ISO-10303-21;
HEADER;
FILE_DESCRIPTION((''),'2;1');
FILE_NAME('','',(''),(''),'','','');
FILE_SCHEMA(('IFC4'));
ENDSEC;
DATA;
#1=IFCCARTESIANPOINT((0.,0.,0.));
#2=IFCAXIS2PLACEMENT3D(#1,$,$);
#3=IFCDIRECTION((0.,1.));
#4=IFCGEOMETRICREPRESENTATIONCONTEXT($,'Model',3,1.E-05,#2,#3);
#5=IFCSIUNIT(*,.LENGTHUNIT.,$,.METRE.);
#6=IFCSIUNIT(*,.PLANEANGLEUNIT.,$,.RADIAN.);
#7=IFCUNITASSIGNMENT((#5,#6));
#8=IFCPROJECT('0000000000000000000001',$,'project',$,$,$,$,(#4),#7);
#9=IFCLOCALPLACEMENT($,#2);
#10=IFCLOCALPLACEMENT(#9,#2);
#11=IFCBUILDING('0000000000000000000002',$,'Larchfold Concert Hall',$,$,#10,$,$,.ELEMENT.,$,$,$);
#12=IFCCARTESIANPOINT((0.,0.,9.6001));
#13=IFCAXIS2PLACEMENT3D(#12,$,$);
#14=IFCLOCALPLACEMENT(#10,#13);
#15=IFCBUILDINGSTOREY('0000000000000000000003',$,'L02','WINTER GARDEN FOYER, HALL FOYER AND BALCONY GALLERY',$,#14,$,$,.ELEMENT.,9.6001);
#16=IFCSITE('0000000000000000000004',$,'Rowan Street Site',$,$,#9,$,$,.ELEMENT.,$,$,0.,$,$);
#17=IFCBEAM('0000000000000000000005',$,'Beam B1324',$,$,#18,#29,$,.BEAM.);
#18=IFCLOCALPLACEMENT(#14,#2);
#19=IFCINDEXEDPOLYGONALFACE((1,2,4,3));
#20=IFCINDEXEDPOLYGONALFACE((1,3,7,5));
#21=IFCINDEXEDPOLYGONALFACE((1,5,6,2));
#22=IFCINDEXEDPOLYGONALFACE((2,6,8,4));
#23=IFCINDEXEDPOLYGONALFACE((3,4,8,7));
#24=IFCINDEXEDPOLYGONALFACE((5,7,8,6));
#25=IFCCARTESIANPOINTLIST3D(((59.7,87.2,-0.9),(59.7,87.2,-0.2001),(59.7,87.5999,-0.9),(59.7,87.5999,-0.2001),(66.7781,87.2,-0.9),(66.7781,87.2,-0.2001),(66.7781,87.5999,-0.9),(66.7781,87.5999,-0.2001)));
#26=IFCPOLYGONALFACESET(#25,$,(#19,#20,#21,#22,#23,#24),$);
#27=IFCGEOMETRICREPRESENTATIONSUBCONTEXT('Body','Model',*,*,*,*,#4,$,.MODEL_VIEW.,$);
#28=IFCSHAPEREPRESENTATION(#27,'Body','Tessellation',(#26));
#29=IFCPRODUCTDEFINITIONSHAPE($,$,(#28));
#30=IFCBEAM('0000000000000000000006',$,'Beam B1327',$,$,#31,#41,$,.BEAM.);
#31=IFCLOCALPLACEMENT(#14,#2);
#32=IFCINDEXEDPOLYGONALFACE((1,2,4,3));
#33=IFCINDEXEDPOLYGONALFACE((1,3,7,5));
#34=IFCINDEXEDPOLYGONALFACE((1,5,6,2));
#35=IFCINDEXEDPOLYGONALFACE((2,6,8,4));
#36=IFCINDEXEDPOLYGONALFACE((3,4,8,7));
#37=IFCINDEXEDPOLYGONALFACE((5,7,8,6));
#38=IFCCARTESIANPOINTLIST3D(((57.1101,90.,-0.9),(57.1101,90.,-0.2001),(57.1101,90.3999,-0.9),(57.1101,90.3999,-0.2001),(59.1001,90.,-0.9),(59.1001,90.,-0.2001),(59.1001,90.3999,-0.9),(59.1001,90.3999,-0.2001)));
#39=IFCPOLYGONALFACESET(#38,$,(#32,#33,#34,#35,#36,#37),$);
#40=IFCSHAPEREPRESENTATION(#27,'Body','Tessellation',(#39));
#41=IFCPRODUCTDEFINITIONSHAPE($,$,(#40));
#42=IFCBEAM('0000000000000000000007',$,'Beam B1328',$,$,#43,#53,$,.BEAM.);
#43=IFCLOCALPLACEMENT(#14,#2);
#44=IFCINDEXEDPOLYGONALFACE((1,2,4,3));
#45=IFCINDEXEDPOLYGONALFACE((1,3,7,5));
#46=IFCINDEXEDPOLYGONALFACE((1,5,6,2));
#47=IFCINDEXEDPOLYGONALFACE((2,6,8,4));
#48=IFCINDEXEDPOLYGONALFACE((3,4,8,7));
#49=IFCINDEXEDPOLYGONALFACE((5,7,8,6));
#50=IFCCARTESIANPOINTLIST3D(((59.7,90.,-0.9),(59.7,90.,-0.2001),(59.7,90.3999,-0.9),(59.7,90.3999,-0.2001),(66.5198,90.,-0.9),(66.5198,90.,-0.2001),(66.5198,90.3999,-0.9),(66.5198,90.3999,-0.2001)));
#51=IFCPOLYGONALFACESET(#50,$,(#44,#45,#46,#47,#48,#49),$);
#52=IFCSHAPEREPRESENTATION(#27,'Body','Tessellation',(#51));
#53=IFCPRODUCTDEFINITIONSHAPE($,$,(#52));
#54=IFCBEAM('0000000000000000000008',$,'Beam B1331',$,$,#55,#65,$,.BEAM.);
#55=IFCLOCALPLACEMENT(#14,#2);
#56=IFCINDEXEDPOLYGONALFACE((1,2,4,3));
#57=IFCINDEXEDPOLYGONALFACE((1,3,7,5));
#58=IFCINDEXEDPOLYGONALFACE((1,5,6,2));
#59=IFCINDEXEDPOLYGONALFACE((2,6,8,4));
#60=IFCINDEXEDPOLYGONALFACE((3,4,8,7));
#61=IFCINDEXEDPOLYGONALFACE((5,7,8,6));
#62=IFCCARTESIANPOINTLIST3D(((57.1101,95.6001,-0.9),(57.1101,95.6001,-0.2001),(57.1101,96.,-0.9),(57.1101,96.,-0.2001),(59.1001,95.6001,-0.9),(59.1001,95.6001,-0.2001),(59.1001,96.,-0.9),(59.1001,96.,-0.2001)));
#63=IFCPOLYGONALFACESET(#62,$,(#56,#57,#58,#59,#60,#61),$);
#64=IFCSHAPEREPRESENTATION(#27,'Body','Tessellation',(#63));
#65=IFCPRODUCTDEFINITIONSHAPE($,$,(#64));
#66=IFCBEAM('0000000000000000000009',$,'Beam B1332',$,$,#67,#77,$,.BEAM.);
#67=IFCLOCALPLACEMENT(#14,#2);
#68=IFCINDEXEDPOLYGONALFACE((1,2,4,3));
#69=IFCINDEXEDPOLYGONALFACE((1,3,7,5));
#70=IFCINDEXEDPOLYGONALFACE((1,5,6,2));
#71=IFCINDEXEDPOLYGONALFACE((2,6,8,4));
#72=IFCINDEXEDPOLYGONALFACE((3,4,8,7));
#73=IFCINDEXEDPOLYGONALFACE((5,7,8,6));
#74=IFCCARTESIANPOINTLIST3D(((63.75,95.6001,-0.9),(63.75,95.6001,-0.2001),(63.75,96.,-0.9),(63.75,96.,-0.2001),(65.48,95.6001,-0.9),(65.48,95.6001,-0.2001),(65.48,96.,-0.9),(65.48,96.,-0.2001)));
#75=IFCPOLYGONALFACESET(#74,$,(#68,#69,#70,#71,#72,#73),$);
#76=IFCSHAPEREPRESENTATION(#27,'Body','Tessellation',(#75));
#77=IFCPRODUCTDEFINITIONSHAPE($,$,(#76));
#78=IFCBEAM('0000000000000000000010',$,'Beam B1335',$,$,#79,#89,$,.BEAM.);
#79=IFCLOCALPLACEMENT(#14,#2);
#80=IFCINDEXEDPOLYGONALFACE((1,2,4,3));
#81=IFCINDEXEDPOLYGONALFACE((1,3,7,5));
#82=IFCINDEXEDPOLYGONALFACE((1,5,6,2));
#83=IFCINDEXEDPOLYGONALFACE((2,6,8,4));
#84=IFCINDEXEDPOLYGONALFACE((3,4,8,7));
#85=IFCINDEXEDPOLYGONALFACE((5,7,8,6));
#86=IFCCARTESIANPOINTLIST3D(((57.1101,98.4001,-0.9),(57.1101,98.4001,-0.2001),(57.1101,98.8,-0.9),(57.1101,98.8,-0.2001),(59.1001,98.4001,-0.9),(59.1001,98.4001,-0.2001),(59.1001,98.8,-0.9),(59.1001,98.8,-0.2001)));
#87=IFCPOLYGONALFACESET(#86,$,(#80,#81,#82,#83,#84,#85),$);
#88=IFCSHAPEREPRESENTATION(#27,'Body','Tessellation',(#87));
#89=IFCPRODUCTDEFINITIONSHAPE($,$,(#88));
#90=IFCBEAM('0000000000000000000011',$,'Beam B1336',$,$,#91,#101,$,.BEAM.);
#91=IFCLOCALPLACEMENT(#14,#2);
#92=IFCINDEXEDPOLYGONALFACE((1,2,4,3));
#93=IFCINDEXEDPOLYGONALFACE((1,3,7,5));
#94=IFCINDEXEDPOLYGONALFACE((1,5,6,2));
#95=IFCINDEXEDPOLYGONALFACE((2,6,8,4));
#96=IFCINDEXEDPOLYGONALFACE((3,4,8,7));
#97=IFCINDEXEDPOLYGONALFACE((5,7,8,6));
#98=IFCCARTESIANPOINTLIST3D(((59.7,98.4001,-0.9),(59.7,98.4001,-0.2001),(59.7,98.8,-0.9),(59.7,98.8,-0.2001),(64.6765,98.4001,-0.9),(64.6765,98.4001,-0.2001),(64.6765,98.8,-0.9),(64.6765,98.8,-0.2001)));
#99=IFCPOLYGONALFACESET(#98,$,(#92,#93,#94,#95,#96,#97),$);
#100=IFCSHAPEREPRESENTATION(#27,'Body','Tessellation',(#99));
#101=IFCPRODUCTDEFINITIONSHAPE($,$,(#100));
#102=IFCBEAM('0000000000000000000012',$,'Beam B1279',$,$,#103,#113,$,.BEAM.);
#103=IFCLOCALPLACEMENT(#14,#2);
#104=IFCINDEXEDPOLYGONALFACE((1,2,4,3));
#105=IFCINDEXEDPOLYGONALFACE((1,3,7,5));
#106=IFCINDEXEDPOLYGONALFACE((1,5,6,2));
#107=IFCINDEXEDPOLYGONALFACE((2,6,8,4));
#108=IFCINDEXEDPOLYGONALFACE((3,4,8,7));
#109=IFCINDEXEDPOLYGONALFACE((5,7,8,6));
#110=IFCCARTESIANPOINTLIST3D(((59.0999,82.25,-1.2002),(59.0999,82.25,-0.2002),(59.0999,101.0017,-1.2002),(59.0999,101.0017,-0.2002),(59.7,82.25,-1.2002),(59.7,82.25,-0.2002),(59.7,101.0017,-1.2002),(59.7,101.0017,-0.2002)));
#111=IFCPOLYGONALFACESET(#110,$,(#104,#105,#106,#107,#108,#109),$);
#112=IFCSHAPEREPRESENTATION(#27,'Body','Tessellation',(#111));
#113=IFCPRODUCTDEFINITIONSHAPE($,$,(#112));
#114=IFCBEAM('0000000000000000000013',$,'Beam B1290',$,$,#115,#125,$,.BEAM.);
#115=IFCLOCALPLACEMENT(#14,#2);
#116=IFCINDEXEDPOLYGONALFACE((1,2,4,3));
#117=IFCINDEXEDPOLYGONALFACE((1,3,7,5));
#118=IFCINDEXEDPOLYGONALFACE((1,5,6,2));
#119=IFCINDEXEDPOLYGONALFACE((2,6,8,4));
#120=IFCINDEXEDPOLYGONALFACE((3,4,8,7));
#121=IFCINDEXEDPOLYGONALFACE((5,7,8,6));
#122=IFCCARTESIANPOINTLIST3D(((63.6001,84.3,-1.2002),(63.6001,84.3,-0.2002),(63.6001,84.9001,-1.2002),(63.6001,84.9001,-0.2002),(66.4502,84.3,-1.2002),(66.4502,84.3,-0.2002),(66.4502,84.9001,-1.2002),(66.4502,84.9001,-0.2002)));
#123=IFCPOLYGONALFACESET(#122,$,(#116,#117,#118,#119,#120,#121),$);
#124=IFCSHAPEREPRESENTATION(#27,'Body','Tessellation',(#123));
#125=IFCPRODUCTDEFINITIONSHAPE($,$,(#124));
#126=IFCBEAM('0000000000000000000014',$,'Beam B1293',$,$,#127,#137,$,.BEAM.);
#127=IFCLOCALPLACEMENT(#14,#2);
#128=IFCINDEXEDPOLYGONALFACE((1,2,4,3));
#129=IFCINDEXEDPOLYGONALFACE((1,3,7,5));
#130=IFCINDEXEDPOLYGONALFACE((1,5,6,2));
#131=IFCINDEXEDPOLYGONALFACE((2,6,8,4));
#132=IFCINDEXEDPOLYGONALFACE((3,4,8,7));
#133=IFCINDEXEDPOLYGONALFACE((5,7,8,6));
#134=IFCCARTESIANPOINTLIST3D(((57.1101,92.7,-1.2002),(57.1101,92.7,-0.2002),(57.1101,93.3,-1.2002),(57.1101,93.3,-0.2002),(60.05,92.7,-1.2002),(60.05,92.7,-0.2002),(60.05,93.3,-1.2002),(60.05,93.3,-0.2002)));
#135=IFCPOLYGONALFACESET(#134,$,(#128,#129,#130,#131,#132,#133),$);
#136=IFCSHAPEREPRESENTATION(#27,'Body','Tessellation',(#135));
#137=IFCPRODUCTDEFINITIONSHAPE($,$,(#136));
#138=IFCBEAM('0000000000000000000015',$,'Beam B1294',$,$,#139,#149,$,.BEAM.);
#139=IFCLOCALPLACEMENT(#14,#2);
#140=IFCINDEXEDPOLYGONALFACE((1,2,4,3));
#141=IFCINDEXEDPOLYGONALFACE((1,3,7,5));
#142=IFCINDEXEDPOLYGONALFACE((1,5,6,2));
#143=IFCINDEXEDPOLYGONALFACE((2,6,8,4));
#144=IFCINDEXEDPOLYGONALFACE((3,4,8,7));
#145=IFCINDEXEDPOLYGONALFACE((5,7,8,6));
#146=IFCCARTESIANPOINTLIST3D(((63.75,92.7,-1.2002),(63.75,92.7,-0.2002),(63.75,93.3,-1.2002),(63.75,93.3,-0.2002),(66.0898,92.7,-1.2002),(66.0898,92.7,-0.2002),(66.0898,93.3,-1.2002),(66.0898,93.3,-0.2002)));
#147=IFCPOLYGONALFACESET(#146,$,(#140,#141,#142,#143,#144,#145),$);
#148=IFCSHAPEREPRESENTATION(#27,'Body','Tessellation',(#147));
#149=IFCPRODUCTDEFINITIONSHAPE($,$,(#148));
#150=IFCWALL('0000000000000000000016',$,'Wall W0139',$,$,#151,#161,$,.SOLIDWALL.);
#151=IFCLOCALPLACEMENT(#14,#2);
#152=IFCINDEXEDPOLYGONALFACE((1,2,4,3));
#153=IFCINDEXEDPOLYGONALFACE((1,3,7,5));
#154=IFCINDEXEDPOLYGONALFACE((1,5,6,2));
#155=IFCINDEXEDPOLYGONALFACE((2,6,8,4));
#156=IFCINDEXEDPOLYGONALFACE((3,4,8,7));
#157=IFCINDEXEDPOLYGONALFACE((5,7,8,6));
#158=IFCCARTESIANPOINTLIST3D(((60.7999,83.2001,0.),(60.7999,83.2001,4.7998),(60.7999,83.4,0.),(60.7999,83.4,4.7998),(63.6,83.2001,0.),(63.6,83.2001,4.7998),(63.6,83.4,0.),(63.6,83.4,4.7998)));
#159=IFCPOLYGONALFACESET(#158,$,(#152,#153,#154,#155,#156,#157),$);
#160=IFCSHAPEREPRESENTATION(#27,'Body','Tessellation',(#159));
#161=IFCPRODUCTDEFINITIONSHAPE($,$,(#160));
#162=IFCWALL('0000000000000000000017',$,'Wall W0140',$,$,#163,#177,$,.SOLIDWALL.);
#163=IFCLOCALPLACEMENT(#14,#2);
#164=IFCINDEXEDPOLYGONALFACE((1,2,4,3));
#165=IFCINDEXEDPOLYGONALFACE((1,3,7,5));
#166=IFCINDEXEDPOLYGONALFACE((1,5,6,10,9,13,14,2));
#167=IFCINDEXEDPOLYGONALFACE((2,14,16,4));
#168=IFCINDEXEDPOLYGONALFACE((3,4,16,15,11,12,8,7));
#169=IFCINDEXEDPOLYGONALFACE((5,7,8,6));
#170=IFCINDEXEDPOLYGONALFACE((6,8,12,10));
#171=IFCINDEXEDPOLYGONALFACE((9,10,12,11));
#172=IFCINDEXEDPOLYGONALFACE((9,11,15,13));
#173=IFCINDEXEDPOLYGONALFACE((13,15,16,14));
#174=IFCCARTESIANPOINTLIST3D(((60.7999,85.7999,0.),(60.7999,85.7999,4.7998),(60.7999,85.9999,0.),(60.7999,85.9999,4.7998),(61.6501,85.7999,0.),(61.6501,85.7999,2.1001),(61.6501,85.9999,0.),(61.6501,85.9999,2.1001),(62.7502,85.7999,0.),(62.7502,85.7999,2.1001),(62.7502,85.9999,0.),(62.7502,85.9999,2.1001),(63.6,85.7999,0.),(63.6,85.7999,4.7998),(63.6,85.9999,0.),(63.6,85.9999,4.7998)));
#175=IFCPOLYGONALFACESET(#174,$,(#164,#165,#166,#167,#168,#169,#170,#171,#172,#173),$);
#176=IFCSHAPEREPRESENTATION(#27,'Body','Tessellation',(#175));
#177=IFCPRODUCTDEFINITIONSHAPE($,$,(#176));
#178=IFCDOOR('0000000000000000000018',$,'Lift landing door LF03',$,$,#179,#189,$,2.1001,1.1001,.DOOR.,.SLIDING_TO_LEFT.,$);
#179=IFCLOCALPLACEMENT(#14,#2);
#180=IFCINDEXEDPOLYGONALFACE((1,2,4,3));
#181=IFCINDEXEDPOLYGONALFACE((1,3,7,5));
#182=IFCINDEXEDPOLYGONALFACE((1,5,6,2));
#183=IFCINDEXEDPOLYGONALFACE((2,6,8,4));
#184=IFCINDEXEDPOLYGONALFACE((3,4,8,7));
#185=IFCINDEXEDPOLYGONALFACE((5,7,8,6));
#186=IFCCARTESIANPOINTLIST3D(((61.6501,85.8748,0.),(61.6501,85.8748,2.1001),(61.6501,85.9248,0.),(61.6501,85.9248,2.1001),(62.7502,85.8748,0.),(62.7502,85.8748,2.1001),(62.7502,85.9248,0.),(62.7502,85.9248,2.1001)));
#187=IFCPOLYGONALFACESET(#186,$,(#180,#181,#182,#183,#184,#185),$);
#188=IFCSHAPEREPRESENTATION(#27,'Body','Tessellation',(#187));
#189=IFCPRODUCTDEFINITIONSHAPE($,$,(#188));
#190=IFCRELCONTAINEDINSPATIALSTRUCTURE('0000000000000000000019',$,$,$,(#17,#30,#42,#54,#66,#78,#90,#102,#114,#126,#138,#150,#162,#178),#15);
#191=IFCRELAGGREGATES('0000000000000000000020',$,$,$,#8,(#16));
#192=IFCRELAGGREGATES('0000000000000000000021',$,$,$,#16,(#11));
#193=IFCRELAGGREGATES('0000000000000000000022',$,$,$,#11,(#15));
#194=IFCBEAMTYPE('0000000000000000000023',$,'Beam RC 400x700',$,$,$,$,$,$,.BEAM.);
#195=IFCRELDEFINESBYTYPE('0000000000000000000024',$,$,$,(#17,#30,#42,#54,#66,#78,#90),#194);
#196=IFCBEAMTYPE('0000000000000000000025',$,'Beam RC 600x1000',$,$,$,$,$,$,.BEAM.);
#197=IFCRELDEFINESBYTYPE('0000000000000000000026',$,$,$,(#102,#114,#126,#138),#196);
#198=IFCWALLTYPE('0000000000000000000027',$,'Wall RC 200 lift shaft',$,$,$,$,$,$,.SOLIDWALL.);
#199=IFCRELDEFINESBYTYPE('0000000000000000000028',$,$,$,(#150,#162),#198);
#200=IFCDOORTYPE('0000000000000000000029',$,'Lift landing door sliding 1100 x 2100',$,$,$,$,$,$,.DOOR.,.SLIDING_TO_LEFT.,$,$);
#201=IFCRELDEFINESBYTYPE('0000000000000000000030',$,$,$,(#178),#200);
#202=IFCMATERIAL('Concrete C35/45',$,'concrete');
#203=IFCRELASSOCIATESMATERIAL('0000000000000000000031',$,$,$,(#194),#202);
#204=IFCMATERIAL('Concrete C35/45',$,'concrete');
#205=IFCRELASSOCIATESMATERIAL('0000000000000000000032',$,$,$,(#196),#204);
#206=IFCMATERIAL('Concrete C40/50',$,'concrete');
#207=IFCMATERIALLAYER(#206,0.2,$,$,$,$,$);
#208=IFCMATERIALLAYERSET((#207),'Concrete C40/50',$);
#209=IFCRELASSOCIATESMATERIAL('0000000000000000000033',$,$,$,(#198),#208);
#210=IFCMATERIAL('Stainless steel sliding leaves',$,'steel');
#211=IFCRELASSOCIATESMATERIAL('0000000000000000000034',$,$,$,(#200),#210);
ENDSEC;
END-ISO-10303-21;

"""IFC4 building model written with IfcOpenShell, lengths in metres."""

from ifc_helpers import new_model, si_unit, direction, frame, frame_2d, origin, origin_2d, place, context, subcontext, project, spatial, rectangle, extrude, material, layer, layer_set, material_profile, profile_set, type_object, element, fill, save


model = new_model("IFC4")

# Units and contexts
model_context = context("Model", 3, precision=1e-05, world=origin(), true_north=direction((0.0, 1.0)))
body_context = subcontext(model_context, "Body", "Model", "MODEL_VIEW")
ifc_project = project(units=[si_unit("LENGTHUNIT", "METRE"), si_unit("PLANEANGLEUNIT", "RADIAN")], contexts=[model_context])

# Site, building, storey
site_placement = place(None, origin())
site = spatial("IfcSite", under=ifc_project, at=site_placement, Name="Rowan Street Site", CompositionType="ELEMENT", RefElevation=0.0)
building_placement = place(site_placement, origin())
building = spatial("IfcBuilding", under=site, at=building_placement, Name="Larchfold Concert Hall", CompositionType="ELEMENT")
storey_placement = place(building_placement, frame((0.0, 0.0, 9.6001)))
storey = spatial("IfcBuildingStorey", under=building, at=storey_placement, Name="L02", Description="WINTER GARDEN FOYER, HALL FOYER AND BALCONY GALLERY", CompositionType="ELEMENT", Elevation=9.6001)

# Beams
ifc_material_1 = material(Name="Concrete C35/45", Category="concrete")
ifc_material_profile_1 = material_profile(ifc_material_1, rectangle(XDim=0.3999, YDim=0.7, at=origin_2d()))
ifc_profile_set_1 = profile_set([ifc_material_profile_1], Name="Concrete C35/45")
beam_type_1 = type_object("IfcBeamType", Name="Beam RC 400x700", PredefinedType="BEAM", material=ifc_profile_set_1)
beam_1_placement = place(storey_placement, frame((59.7, 87.3999, -0.55), z_axis=(1.0, 0.0, 0.0), x_axis=(0.0, 1.0, 0.0)))
element("IfcBeam", 1, at=beam_1_placement, inside=storey, type_object=beam_type_1, Name="Beam B1324", PredefinedType="BEAM", context=body_context, shape_type="SweptSolid", body=[
    extrude(rectangle(XDim=0.3999, YDim=0.7, at=origin_2d()), origin(), (0.0, 0.0, 1.0), 7.0781),
])
beam_2_placement = place(storey_placement, frame((57.1101, 90.2, -0.55), z_axis=(1.0, 0.0, 0.0), x_axis=(0.0, 1.0, 0.0)))
element("IfcBeam", 2, at=beam_2_placement, inside=storey, type_object=beam_type_1, Name="Beam B1327", PredefinedType="BEAM", context=body_context, shape_type="SweptSolid", body=[
    extrude(rectangle(XDim=0.3999, YDim=0.7, at=origin_2d()), origin(), (0.0, 0.0, 1.0), 1.99),
])
beam_3_placement = place(storey_placement, frame((59.7, 90.2, -0.55), z_axis=(1.0, 0.0, 0.0), x_axis=(0.0, 1.0, 0.0)))
element("IfcBeam", 3, at=beam_3_placement, inside=storey, type_object=beam_type_1, Name="Beam B1328", PredefinedType="BEAM", context=body_context, shape_type="SweptSolid", body=[
    extrude(rectangle(XDim=0.3999, YDim=0.7, at=origin_2d()), origin(), (0.0, 0.0, 1.0), 6.8198),
])
beam_4_placement = place(storey_placement, frame((57.1101, 95.8, -0.55), z_axis=(1.0, 0.0, 0.0), x_axis=(0.0, 1.0, 0.0)))
element("IfcBeam", 4, at=beam_4_placement, inside=storey, type_object=beam_type_1, Name="Beam B1331", PredefinedType="BEAM", context=body_context, shape_type="SweptSolid", body=[
    extrude(rectangle(XDim=0.3999, YDim=0.7, at=origin_2d()), origin(), (0.0, 0.0, 1.0), 1.99),
])
beam_5_placement = place(storey_placement, frame((63.75, 95.8, -0.55), z_axis=(1.0, 0.0, 0.0), x_axis=(0.0, 1.0, 0.0)))
element("IfcBeam", 5, at=beam_5_placement, inside=storey, type_object=beam_type_1, Name="Beam B1332", PredefinedType="BEAM", context=body_context, shape_type="SweptSolid", body=[
    extrude(rectangle(XDim=0.3999, YDim=0.7, at=origin_2d()), origin(), (0.0, 0.0, 1.0), 1.73),
])
beam_6_placement = place(storey_placement, frame((57.1101, 98.6001, -0.55), z_axis=(1.0, 0.0, 0.0), x_axis=(0.0, 1.0, 0.0)))
element("IfcBeam", 6, at=beam_6_placement, inside=storey, type_object=beam_type_1, Name="Beam B1335", PredefinedType="BEAM", context=body_context, shape_type="SweptSolid", body=[
    extrude(rectangle(XDim=0.3999, YDim=0.7, at=origin_2d()), origin(), (0.0, 0.0, 1.0), 1.99),
])
beam_7_placement = place(storey_placement, frame((59.7, 98.6001, -0.55), z_axis=(1.0, 0.0, 0.0), x_axis=(0.0, 1.0, 0.0)))
element("IfcBeam", 7, at=beam_7_placement, inside=storey, type_object=beam_type_1, Name="Beam B1336", PredefinedType="BEAM", context=body_context, shape_type="SweptSolid", body=[
    extrude(rectangle(XDim=0.3999, YDim=0.7, at=origin_2d()), origin(), (0.0, 0.0, 1.0), 4.9766),
])
ifc_material_2 = material(Name="Concrete C35/45", Category="concrete")
ifc_material_profile_2 = material_profile(ifc_material_2, rectangle(XDim=0.6001, YDim=1.0, at=origin_2d()))
ifc_profile_set_2 = profile_set([ifc_material_profile_2], Name="Concrete C35/45")
beam_type_2 = type_object("IfcBeamType", Name="Beam RC 600x1000", PredefinedType="BEAM", material=ifc_profile_set_2)
beam_8_placement = place(storey_placement, frame((59.3999, 82.25, -0.7002), z_axis=(0.0, 1.0, 0.0), x_axis=(-1.0, 0.0, 0.0)))
element("IfcBeam", 8, at=beam_8_placement, inside=storey, type_object=beam_type_2, Name="Beam B1279", PredefinedType="BEAM", context=body_context, shape_type="SweptSolid", body=[
    extrude(rectangle(XDim=0.6001, YDim=1.0, at=origin_2d()), origin(), (0.0, 0.0, 1.0), 18.7517),
])
beam_9_placement = place(storey_placement, frame((63.6001, 84.6001, -0.7002), z_axis=(1.0, 0.0, 0.0), x_axis=(0.0, 1.0, 0.0)))
element("IfcBeam", 9, at=beam_9_placement, inside=storey, type_object=beam_type_2, Name="Beam B1290", PredefinedType="BEAM", context=body_context, shape_type="SweptSolid", body=[
    extrude(rectangle(XDim=0.6001, YDim=1.0, at=origin_2d()), origin(), (0.0, 0.0, 1.0), 2.8501),
])
beam_10_placement = place(storey_placement, frame((57.1101, 93.0, -0.7002), z_axis=(1.0, 0.0, 0.0), x_axis=(0.0, 1.0, 0.0)))
element("IfcBeam", 10, at=beam_10_placement, inside=storey, type_object=beam_type_2, Name="Beam B1293", PredefinedType="BEAM", context=body_context, shape_type="SweptSolid", body=[
    extrude(rectangle(XDim=0.6001, YDim=1.0, at=origin_2d()), origin(), (0.0, 0.0, 1.0), 2.9399),
])
beam_11_placement = place(storey_placement, frame((63.75, 93.0, -0.7002), z_axis=(1.0, 0.0, 0.0), x_axis=(0.0, 1.0, 0.0)))
element("IfcBeam", 11, at=beam_11_placement, inside=storey, type_object=beam_type_2, Name="Beam B1294", PredefinedType="BEAM", context=body_context, shape_type="SweptSolid", body=[
    extrude(rectangle(XDim=0.6001, YDim=1.0, at=origin_2d()), origin(), (0.0, 0.0, 1.0), 2.3398),
])

# Wall
ifc_material_3 = material(Name="Concrete C40/50", Category="concrete")
ifc_layer_1 = layer(ifc_material_3, 0.2)
ifc_layer_set_1 = layer_set([ifc_layer_1], Name="Concrete C40/50")
wall_type_1 = type_object("IfcWallType", Name="Wall RC 200 lift shaft", PredefinedType="SOLIDWALL", material=ifc_layer_set_1)
wall_1_placement = place(storey_placement, frame((60.8, 83.3, 0.0), z_axis=(0.0, 0.0, 1.0), x_axis=(1.0, 0.0, 0.0)))
element("IfcWall", 12, at=wall_1_placement, inside=storey, type_object=wall_type_1, Name="Wall W0139", PredefinedType="SOLIDWALL", context=body_context, shape_type="SweptSolid", body=[
    extrude(rectangle(XDim=2.8, YDim=0.2, at=frame_2d((1.3999, 0.0))), origin(), (0.0, 0.0, 1.0), 4.7998),
])

# Wall, opening, door
wall_2_placement = place(storey_placement, frame((60.8, 85.8999, 0.0), z_axis=(0.0, 0.0, 1.0), x_axis=(1.0, 0.0, 0.0)))
wall_2 = element("IfcWall", 13, at=wall_2_placement, inside=storey, type_object=wall_type_1, Name="Wall W0140", PredefinedType="SOLIDWALL", context=body_context, shape_type="SweptSolid", body=[
    extrude(rectangle(XDim=2.8, YDim=0.2, at=frame_2d((1.3999, 0.0))), origin(), (0.0, 0.0, 1.0), 4.7998),
])
opening_1_placement = place(wall_2_placement, frame((0.8501, 0.0, 0.0)))
opening_1 = element("IfcOpeningElement", 14, at=opening_1_placement, cuts=wall_2, PredefinedType="OPENING", context=body_context, shape_type="SweptSolid", body=[
    extrude(rectangle(XDim=1.1001, YDim=2.1001, at=frame_2d((0.55, 1.05))), frame((0.0, 0.1099, 0.0), z_axis=(0.0, -1.0, 0.0), x_axis=(1.0, 0.0, 0.0)), (0.0, 0.0, 1.0), 0.22),
])
ifc_material_4 = material(Name="Stainless steel sliding leaves", Category="steel")
door_type_1 = type_object("IfcDoorType", Name="Lift landing door sliding 1100 x 2100", OperationType="SLIDING_TO_LEFT", PredefinedType="DOOR", material=ifc_material_4)
door_1_placement = place(opening_1_placement, origin())
door_1 = element("IfcDoor", 15, at=door_1_placement, inside=storey, type_object=door_type_1, Name="Lift landing door LF03", OperationType="SLIDING_TO_LEFT", OverallHeight=2.1001, OverallWidth=1.1001, PredefinedType="DOOR", context=body_context, shape_type="SweptSolid", body=[
    extrude(rectangle(XDim=1.1001, YDim=2.1001, at=frame_2d((0.55, 1.05))), frame((0.0, 0.0249, 0.0), z_axis=(0.0, -1.0, 0.0), x_axis=(1.0, 0.0, 0.0)), (0.0, 0.0, 1.0), 0.05),
])
fill(opening_1, door_1)

save(model, "model.ifc")
